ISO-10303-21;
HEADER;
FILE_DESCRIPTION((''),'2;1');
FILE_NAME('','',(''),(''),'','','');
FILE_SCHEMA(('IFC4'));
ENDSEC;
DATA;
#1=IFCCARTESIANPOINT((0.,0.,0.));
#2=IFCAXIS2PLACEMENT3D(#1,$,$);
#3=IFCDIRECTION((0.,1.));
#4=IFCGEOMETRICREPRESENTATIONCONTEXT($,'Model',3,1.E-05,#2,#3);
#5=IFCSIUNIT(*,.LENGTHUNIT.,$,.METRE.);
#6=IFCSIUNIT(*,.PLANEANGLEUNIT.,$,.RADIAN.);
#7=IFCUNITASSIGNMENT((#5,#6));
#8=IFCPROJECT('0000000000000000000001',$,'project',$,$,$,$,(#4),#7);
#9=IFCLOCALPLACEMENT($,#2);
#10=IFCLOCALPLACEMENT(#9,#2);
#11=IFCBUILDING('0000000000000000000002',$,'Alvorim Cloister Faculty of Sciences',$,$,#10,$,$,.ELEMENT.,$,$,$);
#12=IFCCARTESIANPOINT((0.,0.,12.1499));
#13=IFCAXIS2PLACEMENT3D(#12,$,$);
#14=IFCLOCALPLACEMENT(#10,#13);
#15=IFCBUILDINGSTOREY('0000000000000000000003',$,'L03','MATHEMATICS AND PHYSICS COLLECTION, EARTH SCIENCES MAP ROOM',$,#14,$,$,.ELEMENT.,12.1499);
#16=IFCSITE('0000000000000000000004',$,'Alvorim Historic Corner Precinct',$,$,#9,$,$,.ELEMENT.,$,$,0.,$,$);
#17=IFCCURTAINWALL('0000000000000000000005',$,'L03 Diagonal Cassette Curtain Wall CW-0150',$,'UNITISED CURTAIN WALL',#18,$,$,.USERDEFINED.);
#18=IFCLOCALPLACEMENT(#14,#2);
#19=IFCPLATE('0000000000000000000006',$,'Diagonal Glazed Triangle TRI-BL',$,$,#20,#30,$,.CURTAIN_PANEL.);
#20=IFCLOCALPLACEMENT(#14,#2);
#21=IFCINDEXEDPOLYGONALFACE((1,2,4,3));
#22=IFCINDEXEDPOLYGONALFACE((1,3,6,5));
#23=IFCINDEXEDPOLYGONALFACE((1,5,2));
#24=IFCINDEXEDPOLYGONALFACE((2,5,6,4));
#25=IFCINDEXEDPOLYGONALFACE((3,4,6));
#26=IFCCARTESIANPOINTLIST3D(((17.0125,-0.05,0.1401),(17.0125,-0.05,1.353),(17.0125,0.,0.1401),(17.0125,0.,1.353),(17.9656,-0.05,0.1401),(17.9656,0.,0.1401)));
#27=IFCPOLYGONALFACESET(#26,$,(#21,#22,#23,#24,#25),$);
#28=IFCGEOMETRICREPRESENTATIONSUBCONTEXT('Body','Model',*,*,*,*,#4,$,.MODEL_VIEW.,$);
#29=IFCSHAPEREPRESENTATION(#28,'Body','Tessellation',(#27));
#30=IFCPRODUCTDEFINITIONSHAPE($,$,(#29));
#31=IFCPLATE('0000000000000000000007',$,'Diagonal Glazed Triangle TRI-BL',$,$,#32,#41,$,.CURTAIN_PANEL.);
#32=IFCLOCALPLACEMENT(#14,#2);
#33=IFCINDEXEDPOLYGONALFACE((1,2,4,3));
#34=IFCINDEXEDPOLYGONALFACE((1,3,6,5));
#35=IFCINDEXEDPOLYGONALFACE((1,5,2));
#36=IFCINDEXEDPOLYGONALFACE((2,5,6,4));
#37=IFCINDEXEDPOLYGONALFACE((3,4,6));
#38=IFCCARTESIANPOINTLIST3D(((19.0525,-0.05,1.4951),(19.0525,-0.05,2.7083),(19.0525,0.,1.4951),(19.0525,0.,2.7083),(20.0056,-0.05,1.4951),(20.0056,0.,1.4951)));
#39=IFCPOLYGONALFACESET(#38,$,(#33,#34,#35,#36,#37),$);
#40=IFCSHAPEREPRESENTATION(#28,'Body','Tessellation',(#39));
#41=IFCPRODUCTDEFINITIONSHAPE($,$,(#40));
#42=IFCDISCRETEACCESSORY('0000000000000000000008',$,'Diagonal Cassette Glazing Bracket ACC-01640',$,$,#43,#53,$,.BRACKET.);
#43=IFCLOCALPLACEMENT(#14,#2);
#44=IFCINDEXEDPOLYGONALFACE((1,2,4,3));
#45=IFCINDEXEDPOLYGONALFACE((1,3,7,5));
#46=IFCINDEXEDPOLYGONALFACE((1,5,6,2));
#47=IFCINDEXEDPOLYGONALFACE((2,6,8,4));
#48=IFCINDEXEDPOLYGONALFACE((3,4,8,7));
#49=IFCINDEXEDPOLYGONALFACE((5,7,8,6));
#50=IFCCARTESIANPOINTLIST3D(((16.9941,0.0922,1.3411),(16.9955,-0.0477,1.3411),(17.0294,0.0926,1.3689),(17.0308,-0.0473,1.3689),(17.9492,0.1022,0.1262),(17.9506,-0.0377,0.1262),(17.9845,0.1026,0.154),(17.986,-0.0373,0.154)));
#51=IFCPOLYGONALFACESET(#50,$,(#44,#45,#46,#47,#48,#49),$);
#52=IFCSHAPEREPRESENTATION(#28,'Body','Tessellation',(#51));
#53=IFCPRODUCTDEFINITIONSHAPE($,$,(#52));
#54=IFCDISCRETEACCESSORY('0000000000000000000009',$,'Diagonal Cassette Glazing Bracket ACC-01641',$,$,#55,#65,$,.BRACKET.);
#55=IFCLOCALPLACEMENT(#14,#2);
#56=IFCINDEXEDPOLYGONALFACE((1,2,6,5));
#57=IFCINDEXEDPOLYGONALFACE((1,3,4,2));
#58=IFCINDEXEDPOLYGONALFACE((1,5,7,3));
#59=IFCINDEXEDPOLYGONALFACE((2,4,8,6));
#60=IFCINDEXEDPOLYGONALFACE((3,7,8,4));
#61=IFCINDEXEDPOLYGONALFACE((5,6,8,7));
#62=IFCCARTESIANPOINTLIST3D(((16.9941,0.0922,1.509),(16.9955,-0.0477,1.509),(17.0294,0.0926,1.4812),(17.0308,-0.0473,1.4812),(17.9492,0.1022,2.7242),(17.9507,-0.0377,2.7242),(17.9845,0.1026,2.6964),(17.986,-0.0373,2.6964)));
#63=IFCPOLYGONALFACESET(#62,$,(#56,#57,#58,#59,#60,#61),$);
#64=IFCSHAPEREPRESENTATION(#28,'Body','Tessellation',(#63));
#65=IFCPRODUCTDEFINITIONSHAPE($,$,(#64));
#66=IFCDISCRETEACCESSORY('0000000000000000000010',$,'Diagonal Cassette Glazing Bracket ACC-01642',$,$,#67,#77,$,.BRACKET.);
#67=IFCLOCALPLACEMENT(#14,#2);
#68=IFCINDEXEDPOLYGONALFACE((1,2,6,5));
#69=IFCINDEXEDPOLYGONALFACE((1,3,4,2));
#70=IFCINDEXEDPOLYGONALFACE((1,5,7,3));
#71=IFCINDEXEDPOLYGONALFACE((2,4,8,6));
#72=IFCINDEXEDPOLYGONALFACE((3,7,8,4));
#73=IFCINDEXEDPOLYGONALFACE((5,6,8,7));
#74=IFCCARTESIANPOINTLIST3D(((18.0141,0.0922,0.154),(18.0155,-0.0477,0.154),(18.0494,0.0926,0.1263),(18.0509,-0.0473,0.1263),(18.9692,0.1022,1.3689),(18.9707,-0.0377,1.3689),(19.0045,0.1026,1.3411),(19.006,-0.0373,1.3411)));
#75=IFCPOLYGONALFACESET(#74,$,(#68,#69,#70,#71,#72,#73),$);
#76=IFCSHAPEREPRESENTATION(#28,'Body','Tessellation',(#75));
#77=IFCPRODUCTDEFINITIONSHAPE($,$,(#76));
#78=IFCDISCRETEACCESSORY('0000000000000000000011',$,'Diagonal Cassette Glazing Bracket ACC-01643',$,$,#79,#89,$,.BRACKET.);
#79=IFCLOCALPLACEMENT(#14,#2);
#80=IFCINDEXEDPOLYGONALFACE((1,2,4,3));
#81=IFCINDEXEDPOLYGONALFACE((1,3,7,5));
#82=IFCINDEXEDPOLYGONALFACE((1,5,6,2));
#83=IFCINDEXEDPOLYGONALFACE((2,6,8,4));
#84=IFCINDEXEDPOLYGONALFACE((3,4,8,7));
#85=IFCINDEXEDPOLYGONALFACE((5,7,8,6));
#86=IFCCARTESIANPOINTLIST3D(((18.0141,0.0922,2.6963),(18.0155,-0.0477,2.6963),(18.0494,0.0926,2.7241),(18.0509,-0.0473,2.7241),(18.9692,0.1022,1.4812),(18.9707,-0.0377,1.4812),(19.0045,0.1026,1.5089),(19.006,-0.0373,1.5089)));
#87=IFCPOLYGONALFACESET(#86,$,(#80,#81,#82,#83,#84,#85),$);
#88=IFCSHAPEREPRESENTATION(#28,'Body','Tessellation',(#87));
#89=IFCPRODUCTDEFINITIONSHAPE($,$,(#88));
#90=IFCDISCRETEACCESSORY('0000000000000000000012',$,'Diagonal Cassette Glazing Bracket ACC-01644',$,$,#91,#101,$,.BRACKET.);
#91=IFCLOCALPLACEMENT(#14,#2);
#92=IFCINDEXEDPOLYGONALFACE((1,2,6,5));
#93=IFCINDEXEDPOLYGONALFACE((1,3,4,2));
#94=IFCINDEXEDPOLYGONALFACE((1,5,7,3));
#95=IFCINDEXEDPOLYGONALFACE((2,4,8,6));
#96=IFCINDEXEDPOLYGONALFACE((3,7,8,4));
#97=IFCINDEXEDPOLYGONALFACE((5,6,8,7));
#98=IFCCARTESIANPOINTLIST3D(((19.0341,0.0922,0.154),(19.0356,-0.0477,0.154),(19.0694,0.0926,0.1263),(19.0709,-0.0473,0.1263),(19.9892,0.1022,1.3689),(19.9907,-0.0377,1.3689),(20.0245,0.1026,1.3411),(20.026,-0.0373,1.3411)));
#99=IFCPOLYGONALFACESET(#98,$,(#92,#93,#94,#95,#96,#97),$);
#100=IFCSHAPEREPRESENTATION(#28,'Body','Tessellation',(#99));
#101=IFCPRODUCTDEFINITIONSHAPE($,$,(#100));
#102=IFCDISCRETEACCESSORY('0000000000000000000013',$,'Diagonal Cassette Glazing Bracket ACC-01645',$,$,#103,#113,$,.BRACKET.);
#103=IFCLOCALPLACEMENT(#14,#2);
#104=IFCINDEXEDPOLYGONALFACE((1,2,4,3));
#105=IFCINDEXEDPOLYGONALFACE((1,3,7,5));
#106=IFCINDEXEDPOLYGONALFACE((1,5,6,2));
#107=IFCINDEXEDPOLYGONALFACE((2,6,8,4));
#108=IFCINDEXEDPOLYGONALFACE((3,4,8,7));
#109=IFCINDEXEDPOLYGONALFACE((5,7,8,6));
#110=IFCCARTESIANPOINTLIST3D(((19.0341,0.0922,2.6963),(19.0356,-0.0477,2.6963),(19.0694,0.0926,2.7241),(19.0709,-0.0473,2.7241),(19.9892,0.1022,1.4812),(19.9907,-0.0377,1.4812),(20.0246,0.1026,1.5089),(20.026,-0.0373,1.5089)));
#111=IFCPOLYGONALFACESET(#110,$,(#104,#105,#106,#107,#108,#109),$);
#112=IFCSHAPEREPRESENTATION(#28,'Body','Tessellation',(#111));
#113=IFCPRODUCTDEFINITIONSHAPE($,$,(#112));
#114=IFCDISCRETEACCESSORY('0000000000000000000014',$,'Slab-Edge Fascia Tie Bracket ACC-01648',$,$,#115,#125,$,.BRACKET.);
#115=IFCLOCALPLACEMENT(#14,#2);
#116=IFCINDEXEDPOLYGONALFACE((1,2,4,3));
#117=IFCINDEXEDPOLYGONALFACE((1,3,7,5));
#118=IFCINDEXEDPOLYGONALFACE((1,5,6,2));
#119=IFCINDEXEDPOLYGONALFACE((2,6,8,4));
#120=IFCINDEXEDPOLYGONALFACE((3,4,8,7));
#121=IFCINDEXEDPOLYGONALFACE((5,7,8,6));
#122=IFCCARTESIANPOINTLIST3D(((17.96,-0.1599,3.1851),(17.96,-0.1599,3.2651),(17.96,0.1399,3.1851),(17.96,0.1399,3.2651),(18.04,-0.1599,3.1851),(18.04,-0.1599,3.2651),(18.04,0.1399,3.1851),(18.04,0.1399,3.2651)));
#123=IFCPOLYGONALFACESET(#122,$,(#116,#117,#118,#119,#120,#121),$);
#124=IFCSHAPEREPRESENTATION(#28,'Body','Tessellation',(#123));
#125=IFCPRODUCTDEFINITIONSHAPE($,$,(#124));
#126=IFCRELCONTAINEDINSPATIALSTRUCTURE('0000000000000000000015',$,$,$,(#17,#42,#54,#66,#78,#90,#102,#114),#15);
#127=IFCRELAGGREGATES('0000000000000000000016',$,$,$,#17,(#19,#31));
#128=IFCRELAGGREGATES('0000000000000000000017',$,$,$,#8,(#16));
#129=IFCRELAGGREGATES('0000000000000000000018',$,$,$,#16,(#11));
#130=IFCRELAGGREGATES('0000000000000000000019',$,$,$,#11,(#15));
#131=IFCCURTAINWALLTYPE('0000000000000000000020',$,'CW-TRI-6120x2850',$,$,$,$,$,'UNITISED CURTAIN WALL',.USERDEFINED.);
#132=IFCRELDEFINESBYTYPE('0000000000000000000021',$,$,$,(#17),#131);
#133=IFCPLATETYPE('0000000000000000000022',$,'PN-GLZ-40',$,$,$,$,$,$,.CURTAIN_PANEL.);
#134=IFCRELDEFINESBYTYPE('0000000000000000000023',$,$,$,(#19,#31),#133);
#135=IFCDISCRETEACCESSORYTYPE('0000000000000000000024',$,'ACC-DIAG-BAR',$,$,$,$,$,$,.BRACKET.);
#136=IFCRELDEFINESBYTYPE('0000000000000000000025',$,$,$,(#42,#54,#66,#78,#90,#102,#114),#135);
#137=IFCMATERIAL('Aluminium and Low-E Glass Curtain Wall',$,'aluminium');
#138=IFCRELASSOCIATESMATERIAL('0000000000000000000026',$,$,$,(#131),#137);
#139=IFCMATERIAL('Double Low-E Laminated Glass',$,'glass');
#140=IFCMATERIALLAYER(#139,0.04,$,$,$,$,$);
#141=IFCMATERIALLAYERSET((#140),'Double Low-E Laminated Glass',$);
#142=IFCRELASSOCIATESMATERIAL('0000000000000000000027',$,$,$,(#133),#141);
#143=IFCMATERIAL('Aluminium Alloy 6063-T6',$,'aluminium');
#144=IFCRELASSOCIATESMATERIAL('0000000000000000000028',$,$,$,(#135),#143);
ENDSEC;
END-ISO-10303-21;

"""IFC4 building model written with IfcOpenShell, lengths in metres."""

from ifc_helpers import new_model, si_unit, direction, frame, origin, origin_2d, place, context, subcontext, project, spatial, polyline, rectangle, outline, extrude, material, layer, layer_set, type_object, element, aggregate, save


model = new_model("IFC4")

# Units and contexts
model_context = context("Model", 3, precision=1e-05, world=origin(), true_north=direction((0.0, 1.0)))
body_context = subcontext(model_context, "Body", "Model", "MODEL_VIEW")
ifc_project = project(units=[si_unit("LENGTHUNIT", "METRE"), si_unit("PLANEANGLEUNIT", "RADIAN")], contexts=[model_context])

# Site, building, storey
site_placement = place(None, origin())
site = spatial("IfcSite", under=ifc_project, at=site_placement, Name="Alvorim Historic Corner Precinct", CompositionType="ELEMENT", RefElevation=0.0)
building_placement = place(site_placement, origin())
building = spatial("IfcBuilding", under=site, at=building_placement, Name="Alvorim Cloister Faculty of Sciences", CompositionType="ELEMENT")
storey_placement = place(building_placement, frame((0.0, 0.0, 12.1499)))
storey = spatial("IfcBuildingStorey", under=building, at=storey_placement, Name="L03", Description="MATHEMATICS AND PHYSICS COLLECTION, EARTH SCIENCES MAP ROOM", CompositionType="ELEMENT", Elevation=12.1499)

# Curtain wall, plates
ifc_material_1 = material(Name="Aluminium and Low-E Glass Curtain Wall", Category="aluminium")
curtain_wall_type = type_object("IfcCurtainWallType", Name="CW-TRI-6120x2850", ElementType="UNITISED CURTAIN WALL", PredefinedType="USERDEFINED", material=ifc_material_1)
curtain_wall_placement = place(storey_placement, origin())
curtain_wall = element("IfcCurtainWall", 1, at=curtain_wall_placement, inside=storey, type_object=curtain_wall_type, Name="L03 Diagonal Cassette Curtain Wall CW-0150", ObjectType="UNITISED CURTAIN WALL", PredefinedType="USERDEFINED")
ifc_material_2 = material(Name="Aluminium Alloy 6063-T6", Category="aluminium")
ifc_material_3 = material(Name="Double Low-E Laminated Glass", Category="glass")
ifc_layer = layer(ifc_material_3, 0.04)
ifc_layer_set = layer_set([ifc_layer], Name="Double Low-E Laminated Glass")
plate_type = type_object("IfcPlateType", Name="PN-GLZ-40", PredefinedType="CURTAIN_PANEL", material=ifc_layer_set)
plate_1_placement = place(storey_placement, frame((17.0125, -0.0249, 0.1401), z_axis=(0.0, 0.0, 1.0), x_axis=(1.0, 0.0, 0.0)))
plate_1 = element("IfcPlate", 2, at=plate_1_placement, type_object=plate_type, Name="Diagonal Glazed Triangle TRI-BL", PredefinedType="CURTAIN_PANEL", context=body_context, shape_type="SweptSolid", body=[
    extrude(outline(polyline([(0.0, 0.0), (0.9531, 0.0), (0.0, 1.2129), (0.0, 0.0)])), frame((0.0, 0.0249, 0.0), z_axis=(0.0, -1.0, 0.0), x_axis=(1.0, 0.0, 0.0)), (0.0, 0.0, 1.0), 0.05),
])
plate_2_placement = place(storey_placement, frame((19.0525, -0.0249, 1.4951), z_axis=(0.0, 0.0, 1.0), x_axis=(1.0, 0.0, 0.0)))
plate_2 = element("IfcPlate", 3, at=plate_2_placement, type_object=plate_type, Name="Diagonal Glazed Triangle TRI-BL", PredefinedType="CURTAIN_PANEL", context=body_context, shape_type="SweptSolid", body=[
    extrude(outline(polyline([(0.0, 0.0), (0.9531, 0.0), (0.0, 1.2131), (0.0, 0.0)])), frame((0.0, 0.0249, 0.0), z_axis=(0.0, -1.0, 0.0), x_axis=(1.0, 0.0, 0.0)), (0.0, 0.0, 1.0), 0.05),
])
aggregate(curtain_wall, [plate_1, plate_2])

# Discrete accessories
discrete_accessory_type = type_object("IfcDiscreteAccessoryType", Name="ACC-DIAG-BAR", PredefinedType="BRACKET", material=ifc_material_2)
discrete_accessory_1_placement = place(storey_placement, frame((17.0125, 0.0225, 1.355), z_axis=(0.618032, 0.006477, -0.786126), x_axis=(-0.01048, 0.999945, 0.0)))
element("IfcDiscreteAccessory", 4, at=discrete_accessory_1_placement, inside=storey, type_object=discrete_accessory_type, Name="Diagonal Cassette Glazing Bracket ACC-01640", PredefinedType="BRACKET", context=body_context, shape_type="SweptSolid", body=[
    extrude(rectangle(XDim=0.1399, YDim=0.0449, at=origin_2d()), origin(), (0.0, 0.0, 1.0), 1.5454),
])
discrete_accessory_2_placement = place(storey_placement, frame((17.0125, 0.0225, 1.4951), z_axis=(0.617955, 0.006477, 0.786187), x_axis=(-0.01048, 0.999945, 0.0)))
element("IfcDiscreteAccessory", 5, at=discrete_accessory_2_placement, inside=storey, type_object=discrete_accessory_type, Name="Diagonal Cassette Glazing Bracket ACC-01641", PredefinedType="BRACKET", context=body_context, shape_type="SweptSolid", body=[
    extrude(rectangle(XDim=0.1399, YDim=0.0449, at=origin_2d()), origin(), (0.0, 0.0, 1.0), 1.5457),
])
discrete_accessory_3_placement = place(storey_placement, frame((18.0325, 0.0225, 0.1401), z_axis=(0.618032, 0.006477, 0.786126), x_axis=(-0.01048, 0.999945, 0.0)))
element("IfcDiscreteAccessory", 6, at=discrete_accessory_3_placement, inside=storey, type_object=discrete_accessory_type, Name="Diagonal Cassette Glazing Bracket ACC-01642", PredefinedType="BRACKET", context=body_context, shape_type="SweptSolid", body=[
    extrude(rectangle(XDim=0.1399, YDim=0.0449, at=origin_2d()), origin(), (0.0, 0.0, 1.0), 1.5454),
])
discrete_accessory_4_placement = place(storey_placement, frame((18.0325, 0.0225, 2.7102), z_axis=(0.617955, 0.006477, -0.786187), x_axis=(-0.01048, 0.999945, 0.0)))
element("IfcDiscreteAccessory", 7, at=discrete_accessory_4_placement, inside=storey, type_object=discrete_accessory_type, Name="Diagonal Cassette Glazing Bracket ACC-01643", PredefinedType="BRACKET", context=body_context, shape_type="SweptSolid", body=[
    extrude(rectangle(XDim=0.1399, YDim=0.0449, at=origin_2d()), origin(), (0.0, 0.0, 1.0), 1.5457),
])
discrete_accessory_5_placement = place(storey_placement, frame((19.0525, 0.0225, 0.1401), z_axis=(0.618032, 0.006477, 0.786126), x_axis=(-0.01048, 0.999945, 0.0)))
element("IfcDiscreteAccessory", 8, at=discrete_accessory_5_placement, inside=storey, type_object=discrete_accessory_type, Name="Diagonal Cassette Glazing Bracket ACC-01644", PredefinedType="BRACKET", context=body_context, shape_type="SweptSolid", body=[
    extrude(rectangle(XDim=0.1399, YDim=0.0449, at=origin_2d()), origin(), (0.0, 0.0, 1.0), 1.5454),
])
discrete_accessory_6_placement = place(storey_placement, frame((19.0525, 0.0225, 2.7102), z_axis=(0.617955, 0.006477, -0.786187), x_axis=(-0.01048, 0.999945, 0.0)))
element("IfcDiscreteAccessory", 9, at=discrete_accessory_6_placement, inside=storey, type_object=discrete_accessory_type, Name="Diagonal Cassette Glazing Bracket ACC-01645", PredefinedType="BRACKET", context=body_context, shape_type="SweptSolid", body=[
    extrude(rectangle(XDim=0.1399, YDim=0.0449, at=origin_2d()), origin(), (0.0, 0.0, 1.0), 1.5457),
])
discrete_accessory_7_placement = place(storey_placement, frame((18.0, 0.1399, 3.2251), z_axis=(0.0, -1.0, 0.0), x_axis=(1.0, 0.0, 0.0)))
element("IfcDiscreteAccessory", 10, at=discrete_accessory_7_placement, inside=storey, type_object=discrete_accessory_type, Name="Slab-Edge Fascia Tie Bracket ACC-01648", PredefinedType="BRACKET", context=body_context, shape_type="SweptSolid", body=[
    extrude(rectangle(XDim=0.0801, YDim=0.0801, at=origin_2d()), origin(), (0.0, 0.0, 1.0), 0.2998),
])

save(model, "model.ifc")
